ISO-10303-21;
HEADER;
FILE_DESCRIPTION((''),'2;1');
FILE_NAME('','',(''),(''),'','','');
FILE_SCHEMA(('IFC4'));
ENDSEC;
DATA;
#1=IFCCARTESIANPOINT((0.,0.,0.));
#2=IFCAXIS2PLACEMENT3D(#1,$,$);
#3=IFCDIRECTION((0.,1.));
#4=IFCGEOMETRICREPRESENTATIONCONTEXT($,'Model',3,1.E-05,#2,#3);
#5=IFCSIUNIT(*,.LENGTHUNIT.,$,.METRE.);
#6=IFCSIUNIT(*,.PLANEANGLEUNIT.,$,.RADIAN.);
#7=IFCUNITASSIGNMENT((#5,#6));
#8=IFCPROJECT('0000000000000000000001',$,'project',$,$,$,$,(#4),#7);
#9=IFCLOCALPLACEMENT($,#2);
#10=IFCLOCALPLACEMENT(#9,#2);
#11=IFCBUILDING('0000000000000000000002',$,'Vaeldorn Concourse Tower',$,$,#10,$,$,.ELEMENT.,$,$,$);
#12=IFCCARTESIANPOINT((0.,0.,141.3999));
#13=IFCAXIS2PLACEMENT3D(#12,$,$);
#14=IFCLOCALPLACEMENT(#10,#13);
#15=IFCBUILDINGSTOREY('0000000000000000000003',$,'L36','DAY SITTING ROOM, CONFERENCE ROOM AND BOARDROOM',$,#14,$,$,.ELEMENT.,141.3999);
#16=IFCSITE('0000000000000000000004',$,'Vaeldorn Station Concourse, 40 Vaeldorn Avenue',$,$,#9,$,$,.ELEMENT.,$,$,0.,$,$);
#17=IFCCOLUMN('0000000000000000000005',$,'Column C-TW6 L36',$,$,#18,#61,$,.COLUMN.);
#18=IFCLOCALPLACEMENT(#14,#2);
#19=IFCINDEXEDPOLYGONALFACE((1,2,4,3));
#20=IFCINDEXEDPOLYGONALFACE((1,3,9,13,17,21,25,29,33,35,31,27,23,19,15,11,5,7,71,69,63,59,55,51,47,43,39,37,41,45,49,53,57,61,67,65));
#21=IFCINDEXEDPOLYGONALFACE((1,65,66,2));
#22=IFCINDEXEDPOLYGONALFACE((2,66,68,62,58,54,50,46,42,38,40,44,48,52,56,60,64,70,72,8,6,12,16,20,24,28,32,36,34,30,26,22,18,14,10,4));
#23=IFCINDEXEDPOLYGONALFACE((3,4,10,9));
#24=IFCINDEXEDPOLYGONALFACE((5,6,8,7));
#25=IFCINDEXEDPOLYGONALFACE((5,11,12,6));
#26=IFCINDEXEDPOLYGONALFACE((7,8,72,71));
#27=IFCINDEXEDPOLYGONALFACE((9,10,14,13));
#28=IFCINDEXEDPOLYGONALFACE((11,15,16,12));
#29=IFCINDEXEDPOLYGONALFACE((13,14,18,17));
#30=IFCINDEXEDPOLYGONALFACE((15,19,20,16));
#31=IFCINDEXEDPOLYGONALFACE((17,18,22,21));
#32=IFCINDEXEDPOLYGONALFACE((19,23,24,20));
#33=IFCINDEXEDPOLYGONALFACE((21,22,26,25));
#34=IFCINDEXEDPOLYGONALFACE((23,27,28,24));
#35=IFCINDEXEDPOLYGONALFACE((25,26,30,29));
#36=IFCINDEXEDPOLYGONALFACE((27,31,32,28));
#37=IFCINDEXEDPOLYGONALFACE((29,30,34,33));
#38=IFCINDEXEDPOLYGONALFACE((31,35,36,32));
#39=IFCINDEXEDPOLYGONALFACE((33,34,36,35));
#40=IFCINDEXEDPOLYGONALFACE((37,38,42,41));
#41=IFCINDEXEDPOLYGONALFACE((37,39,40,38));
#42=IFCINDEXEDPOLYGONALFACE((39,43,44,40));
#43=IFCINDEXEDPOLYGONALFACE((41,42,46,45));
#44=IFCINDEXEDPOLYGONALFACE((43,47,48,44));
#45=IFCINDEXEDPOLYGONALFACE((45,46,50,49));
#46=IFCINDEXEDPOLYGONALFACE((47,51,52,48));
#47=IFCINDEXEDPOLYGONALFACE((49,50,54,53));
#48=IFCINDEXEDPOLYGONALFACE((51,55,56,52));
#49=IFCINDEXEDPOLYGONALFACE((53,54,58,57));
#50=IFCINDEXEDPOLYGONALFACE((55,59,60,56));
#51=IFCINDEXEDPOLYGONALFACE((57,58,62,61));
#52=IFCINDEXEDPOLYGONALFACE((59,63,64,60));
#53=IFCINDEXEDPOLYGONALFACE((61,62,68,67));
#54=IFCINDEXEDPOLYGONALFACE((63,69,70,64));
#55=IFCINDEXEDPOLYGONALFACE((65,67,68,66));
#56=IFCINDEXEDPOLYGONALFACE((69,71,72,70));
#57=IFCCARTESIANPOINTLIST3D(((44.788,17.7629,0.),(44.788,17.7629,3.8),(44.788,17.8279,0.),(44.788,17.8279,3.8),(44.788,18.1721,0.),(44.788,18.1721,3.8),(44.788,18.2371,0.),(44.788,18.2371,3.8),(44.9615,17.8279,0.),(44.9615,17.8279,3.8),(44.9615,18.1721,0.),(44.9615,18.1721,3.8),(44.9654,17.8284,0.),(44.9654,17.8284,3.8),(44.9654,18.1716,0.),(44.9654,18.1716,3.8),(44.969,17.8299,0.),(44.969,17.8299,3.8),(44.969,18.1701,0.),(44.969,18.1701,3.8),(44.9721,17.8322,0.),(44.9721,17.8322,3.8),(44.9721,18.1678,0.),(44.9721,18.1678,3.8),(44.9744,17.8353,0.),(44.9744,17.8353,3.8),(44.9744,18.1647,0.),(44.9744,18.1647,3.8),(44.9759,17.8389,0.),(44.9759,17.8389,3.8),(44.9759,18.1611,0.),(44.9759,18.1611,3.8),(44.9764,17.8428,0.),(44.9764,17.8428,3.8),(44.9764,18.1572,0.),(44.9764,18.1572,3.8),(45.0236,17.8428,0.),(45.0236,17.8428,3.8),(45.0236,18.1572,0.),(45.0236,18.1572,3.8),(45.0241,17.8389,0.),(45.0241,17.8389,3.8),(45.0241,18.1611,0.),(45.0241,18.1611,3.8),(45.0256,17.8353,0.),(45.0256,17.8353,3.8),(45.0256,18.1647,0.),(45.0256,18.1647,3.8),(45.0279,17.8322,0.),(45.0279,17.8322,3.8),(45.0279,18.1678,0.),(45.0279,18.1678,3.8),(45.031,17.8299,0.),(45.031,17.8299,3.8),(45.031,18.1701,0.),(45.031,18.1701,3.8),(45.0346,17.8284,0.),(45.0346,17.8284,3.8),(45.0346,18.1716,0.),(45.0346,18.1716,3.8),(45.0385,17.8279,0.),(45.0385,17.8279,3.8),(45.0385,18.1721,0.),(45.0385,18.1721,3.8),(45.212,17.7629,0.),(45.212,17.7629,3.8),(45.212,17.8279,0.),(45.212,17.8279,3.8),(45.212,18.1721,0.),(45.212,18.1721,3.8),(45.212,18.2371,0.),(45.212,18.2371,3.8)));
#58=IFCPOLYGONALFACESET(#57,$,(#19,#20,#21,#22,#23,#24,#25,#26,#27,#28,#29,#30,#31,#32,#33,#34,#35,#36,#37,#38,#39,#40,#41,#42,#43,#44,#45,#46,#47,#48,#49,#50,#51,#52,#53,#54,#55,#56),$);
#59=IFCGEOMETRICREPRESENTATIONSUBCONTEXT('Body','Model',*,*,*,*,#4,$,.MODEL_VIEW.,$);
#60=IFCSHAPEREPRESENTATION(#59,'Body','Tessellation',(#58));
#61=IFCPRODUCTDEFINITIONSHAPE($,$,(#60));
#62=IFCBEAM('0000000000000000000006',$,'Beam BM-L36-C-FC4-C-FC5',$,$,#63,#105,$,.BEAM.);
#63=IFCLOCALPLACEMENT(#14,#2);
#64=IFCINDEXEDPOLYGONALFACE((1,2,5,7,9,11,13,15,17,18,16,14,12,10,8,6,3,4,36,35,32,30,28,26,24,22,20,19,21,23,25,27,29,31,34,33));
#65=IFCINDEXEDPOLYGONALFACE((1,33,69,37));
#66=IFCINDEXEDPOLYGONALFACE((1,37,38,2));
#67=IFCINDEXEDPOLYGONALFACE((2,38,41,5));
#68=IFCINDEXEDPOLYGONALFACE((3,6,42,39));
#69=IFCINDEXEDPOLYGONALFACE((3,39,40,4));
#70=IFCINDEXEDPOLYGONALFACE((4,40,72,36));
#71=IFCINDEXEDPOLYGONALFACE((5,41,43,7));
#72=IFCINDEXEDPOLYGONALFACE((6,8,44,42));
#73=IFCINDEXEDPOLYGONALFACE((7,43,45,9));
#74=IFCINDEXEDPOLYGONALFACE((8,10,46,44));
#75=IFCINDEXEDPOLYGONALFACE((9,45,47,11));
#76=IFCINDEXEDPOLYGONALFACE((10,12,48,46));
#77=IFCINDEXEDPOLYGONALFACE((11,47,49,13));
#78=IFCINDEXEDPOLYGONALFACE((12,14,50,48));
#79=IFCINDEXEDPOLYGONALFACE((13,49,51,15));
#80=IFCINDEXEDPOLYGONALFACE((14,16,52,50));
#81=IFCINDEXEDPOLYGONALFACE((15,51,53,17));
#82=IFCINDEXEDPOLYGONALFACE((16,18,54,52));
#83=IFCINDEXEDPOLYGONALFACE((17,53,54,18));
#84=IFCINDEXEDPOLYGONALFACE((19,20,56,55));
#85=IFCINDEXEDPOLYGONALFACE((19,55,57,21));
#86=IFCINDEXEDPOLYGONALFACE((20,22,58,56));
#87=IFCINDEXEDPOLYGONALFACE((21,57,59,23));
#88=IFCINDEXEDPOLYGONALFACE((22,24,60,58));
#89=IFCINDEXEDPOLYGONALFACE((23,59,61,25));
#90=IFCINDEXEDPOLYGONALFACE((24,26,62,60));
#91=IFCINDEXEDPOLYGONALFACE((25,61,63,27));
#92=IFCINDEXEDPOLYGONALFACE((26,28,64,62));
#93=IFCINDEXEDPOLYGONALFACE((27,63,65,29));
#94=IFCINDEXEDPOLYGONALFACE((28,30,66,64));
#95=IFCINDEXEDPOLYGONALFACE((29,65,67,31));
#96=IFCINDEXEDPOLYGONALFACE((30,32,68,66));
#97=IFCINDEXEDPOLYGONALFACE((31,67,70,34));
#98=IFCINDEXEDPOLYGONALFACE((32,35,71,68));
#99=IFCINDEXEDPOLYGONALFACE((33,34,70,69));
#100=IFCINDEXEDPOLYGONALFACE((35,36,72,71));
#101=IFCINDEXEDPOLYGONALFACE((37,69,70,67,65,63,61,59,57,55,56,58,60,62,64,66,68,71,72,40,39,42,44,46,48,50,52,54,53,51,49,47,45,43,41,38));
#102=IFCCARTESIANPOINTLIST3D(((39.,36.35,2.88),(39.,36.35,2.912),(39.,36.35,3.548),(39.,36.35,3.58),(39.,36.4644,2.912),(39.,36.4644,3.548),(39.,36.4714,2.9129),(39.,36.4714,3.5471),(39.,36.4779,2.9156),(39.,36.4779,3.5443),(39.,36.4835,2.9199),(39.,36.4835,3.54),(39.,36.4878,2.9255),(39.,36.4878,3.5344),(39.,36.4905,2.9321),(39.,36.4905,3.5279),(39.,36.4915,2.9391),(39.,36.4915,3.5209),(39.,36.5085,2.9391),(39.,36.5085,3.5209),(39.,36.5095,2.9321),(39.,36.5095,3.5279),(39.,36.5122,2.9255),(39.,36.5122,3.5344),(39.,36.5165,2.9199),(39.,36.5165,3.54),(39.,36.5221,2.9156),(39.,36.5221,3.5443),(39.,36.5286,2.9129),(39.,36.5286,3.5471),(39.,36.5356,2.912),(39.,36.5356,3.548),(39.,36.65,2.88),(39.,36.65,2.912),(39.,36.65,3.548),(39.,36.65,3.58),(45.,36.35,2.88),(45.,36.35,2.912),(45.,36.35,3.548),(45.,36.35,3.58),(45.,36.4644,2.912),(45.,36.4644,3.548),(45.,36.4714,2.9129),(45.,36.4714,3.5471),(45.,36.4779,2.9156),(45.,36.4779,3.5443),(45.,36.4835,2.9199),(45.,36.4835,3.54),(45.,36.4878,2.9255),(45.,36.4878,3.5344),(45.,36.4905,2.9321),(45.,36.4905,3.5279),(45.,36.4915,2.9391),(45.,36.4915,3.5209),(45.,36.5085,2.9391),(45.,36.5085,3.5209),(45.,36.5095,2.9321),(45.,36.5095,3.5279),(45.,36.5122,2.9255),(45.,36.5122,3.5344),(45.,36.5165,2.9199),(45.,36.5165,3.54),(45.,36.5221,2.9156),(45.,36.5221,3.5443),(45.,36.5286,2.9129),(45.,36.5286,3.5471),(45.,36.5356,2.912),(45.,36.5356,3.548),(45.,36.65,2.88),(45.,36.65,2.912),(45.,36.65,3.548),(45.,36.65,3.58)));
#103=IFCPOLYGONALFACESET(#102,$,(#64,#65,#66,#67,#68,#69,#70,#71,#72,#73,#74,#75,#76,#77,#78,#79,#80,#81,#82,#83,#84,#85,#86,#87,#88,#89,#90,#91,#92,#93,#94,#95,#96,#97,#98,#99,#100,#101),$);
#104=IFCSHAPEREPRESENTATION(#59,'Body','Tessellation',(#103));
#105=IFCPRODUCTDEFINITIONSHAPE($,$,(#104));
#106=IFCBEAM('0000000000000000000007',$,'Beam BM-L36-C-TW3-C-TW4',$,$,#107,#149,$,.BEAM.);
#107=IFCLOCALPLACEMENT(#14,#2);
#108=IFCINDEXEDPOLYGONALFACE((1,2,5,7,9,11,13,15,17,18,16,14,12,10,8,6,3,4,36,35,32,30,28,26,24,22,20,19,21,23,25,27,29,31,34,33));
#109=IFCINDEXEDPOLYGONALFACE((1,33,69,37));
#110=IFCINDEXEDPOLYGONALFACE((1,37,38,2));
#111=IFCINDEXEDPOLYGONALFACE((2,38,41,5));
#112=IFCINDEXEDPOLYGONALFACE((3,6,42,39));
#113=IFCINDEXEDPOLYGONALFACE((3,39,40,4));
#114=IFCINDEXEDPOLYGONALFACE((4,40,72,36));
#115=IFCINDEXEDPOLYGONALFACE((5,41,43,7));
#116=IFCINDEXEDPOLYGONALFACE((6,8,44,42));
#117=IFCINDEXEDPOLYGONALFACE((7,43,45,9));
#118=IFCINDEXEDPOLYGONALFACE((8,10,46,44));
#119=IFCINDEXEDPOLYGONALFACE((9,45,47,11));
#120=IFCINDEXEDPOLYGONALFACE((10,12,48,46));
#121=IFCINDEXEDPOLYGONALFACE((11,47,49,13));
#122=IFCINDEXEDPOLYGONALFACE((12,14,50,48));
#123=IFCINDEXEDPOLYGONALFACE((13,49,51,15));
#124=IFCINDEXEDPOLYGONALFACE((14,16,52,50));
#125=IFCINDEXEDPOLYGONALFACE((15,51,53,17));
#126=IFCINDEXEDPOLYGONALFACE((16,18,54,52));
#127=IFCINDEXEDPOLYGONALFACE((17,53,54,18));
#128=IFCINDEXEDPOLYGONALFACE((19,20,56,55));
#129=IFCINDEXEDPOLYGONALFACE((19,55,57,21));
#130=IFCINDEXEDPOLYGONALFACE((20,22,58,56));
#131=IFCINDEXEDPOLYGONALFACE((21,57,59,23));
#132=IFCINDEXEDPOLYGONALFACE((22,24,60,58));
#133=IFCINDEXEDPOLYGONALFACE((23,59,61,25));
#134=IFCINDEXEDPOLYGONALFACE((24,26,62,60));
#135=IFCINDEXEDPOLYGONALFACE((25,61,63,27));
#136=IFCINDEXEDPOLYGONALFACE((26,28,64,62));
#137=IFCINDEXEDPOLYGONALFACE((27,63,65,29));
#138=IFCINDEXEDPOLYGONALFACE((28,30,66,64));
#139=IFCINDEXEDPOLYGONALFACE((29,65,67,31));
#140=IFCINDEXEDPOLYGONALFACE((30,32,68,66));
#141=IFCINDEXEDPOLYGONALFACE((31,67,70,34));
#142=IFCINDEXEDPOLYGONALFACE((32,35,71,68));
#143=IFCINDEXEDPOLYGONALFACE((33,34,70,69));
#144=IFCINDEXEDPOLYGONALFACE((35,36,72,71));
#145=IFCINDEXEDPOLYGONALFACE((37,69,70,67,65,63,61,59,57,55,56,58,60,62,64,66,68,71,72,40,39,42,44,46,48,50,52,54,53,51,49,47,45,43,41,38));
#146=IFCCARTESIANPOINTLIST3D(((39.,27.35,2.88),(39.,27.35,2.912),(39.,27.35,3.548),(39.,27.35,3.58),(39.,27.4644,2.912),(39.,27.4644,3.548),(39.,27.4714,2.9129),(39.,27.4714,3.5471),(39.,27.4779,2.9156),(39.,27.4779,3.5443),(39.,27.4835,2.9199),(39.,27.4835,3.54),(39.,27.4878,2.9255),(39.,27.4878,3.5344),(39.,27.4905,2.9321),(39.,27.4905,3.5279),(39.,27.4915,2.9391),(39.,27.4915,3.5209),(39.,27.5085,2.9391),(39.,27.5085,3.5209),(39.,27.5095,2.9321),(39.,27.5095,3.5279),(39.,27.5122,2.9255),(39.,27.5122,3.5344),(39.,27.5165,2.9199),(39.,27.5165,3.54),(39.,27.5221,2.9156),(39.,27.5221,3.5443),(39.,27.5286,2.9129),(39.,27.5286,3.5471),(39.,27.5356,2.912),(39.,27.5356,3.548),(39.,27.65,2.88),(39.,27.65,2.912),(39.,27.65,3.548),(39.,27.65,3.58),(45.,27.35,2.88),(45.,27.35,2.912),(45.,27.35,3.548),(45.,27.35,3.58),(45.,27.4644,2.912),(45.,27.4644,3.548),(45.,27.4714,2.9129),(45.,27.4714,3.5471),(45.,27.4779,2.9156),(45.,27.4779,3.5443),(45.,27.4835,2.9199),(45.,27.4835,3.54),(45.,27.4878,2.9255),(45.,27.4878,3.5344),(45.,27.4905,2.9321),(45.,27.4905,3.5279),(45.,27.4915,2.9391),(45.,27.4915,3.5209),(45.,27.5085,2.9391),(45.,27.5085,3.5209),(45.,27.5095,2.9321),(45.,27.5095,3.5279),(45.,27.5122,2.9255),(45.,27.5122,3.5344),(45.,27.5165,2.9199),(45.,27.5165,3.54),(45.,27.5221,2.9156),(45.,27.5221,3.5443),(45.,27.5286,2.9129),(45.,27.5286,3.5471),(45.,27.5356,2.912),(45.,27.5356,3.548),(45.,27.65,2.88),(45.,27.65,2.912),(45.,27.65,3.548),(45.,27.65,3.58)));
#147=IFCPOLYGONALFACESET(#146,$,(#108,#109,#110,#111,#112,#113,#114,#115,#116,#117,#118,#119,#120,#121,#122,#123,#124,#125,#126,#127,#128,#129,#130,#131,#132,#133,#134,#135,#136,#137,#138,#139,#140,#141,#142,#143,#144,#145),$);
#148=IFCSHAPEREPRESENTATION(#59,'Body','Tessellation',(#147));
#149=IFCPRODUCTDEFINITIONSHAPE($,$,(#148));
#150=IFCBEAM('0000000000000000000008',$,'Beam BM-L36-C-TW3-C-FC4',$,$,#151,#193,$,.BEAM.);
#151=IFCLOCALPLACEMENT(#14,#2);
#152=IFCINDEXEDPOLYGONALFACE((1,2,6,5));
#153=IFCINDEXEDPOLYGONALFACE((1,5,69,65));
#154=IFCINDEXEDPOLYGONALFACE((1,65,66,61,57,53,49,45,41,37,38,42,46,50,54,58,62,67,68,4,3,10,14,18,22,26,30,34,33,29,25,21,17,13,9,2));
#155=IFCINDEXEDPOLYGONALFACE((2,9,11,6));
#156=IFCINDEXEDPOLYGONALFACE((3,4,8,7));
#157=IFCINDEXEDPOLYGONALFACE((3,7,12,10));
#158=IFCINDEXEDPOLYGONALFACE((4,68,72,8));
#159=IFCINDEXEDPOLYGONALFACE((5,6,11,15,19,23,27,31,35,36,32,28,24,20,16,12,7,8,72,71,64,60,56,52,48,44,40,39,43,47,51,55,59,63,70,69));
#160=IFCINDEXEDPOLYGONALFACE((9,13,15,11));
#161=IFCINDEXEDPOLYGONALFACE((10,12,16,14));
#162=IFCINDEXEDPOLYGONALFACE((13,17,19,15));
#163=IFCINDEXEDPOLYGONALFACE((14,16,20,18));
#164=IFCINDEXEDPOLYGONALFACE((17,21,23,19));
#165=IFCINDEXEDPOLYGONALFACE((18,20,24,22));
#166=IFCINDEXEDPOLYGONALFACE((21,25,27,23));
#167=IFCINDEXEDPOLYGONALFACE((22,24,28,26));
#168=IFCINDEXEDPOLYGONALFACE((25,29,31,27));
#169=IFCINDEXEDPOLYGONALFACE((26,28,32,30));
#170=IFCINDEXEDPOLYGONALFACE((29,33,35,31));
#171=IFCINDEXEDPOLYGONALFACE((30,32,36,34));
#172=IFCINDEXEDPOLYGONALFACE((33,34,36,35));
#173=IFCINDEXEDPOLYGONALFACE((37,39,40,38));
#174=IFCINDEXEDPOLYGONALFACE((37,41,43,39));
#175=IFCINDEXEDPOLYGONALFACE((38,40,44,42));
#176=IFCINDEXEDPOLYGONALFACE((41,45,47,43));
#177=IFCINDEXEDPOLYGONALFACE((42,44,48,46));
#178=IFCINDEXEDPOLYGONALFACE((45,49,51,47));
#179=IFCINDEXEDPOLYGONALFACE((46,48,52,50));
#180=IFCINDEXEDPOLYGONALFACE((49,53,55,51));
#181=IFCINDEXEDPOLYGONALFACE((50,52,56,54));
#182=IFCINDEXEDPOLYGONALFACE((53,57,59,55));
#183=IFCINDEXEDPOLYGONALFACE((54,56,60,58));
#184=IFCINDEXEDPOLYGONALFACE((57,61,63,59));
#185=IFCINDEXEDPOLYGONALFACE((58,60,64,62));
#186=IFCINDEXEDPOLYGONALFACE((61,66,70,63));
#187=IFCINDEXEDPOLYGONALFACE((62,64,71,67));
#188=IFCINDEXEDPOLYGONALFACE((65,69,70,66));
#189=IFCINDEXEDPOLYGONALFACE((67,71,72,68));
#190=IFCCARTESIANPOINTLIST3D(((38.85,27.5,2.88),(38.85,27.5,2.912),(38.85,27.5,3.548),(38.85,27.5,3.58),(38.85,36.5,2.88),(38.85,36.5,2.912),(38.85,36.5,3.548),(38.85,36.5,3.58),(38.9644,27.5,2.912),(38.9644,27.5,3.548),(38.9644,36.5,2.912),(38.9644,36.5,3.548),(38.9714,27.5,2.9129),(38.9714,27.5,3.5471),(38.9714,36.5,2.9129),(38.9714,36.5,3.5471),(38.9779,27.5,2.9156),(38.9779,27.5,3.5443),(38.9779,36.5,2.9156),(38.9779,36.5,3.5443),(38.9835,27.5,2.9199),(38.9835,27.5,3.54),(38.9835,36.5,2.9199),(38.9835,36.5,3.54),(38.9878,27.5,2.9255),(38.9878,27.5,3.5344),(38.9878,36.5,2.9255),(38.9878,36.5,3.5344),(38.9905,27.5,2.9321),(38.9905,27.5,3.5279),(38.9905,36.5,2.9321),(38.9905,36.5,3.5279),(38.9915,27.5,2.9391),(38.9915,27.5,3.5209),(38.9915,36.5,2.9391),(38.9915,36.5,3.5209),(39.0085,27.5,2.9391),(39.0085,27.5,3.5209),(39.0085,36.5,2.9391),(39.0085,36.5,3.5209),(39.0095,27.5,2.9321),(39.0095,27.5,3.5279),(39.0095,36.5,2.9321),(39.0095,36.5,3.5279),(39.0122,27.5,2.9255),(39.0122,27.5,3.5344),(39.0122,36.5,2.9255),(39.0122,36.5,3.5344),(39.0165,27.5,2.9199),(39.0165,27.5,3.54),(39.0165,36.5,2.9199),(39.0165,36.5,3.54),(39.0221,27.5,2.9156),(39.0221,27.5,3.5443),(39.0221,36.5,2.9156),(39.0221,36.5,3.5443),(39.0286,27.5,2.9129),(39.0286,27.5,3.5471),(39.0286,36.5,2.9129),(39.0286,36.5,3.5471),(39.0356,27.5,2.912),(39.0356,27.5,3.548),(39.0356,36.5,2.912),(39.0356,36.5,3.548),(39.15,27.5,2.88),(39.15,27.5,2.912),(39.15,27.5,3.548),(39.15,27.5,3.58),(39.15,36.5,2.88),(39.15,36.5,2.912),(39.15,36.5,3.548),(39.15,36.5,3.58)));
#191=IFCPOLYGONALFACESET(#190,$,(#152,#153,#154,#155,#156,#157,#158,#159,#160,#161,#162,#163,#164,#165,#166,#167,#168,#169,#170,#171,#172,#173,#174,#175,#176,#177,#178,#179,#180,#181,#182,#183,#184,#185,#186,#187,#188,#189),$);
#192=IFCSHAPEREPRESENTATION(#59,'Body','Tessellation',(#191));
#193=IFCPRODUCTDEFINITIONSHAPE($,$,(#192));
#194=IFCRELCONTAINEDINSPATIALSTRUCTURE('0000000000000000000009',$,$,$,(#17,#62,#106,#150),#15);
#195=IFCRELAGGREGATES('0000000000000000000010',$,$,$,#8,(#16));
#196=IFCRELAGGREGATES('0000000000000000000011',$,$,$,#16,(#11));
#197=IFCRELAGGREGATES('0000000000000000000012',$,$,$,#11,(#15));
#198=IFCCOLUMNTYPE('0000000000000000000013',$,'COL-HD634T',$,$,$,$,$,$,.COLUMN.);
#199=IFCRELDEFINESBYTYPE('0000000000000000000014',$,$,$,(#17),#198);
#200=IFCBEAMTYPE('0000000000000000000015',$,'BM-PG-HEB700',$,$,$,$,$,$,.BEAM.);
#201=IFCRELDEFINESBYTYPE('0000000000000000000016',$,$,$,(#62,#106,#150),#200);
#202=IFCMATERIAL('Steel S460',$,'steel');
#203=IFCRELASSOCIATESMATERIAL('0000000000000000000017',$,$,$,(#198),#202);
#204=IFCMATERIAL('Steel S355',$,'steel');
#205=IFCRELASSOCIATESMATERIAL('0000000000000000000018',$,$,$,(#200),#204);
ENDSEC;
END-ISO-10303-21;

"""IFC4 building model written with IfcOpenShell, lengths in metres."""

from ifc_helpers import new_model, si_unit, direction, frame, origin, origin_2d, place, context, subcontext, project, spatial, i_section, extrude, source, transform, mapped, material, material_profile, profile_set, type_object, element, save


model = new_model("IFC4")

# Units and contexts
model_context = context("Model", 3, precision=1e-05, world=origin(), true_north=direction((0.0, 1.0)))
body_context = subcontext(model_context, "Body", "Model", "MODEL_VIEW")
ifc_project = project(units=[si_unit("LENGTHUNIT", "METRE"), si_unit("PLANEANGLEUNIT", "RADIAN")], contexts=[model_context])

# Site, building, storey
site_placement = place(None, origin())
site = spatial("IfcSite", under=ifc_project, at=site_placement, Name="Vaeldorn Station Concourse, 40 Vaeldorn Avenue", CompositionType="ELEMENT", RefElevation=0.0)
building_placement = place(site_placement, origin())
building = spatial("IfcBuilding", under=site, at=building_placement, Name="Vaeldorn Concourse Tower", CompositionType="ELEMENT")
storey_placement = place(building_placement, frame((0.0, 0.0, 141.3999)))
storey = spatial("IfcBuildingStorey", under=building, at=storey_placement, Name="L36", Description="DAY SITTING ROOM, CONFERENCE ROOM AND BOARDROOM", CompositionType="ELEMENT", Elevation=141.3999)

# Column
ifc_material_1 = material(Name="Steel S460", Category="steel")
ifc_material_profile_1 = material_profile(ifc_material_1, i_section(OverallWidth=0.4241, OverallDepth=0.4741, WebThickness=0.0471, FlangeThickness=0.0649, FilletRadius=0.0149, at=origin_2d()), Name="HD 400x634")
ifc_profile_set_1 = profile_set([ifc_material_profile_1], Name="Steel S460")
column_type_1 = type_object("IfcColumnType", Name="COL-HD634T", PredefinedType="COLUMN", material=ifc_profile_set_1)
shared_shape_1 = source(origin(), body_context, "Body", "SweptSolid", [
    extrude(i_section(OverallWidth=0.4241, OverallDepth=0.4741, WebThickness=0.0471, FlangeThickness=0.0649, FilletRadius=0.0149, at=origin_2d()), origin(), (0.0, 0.0, 1.0), 3.8),
])
for number, where, z_axis, x_axis, name in (
    (1, (45.0, 18.0, 0.0), (0.0, 0.0, 1.0), (1.0, 0.0, 0.0), "Column C-TW6 L36"),
):
    element("IfcColumn", number, at=place(storey_placement, frame(where, z_axis=z_axis, x_axis=x_axis)), inside=storey, type_object=column_type_1, Name=name, PredefinedType="COLUMN", context=body_context, shape_type="MappedRepresentation", body=[
        mapped(shared_shape_1, transform((0.0, 0.0, 0.0), scale=1.0)),
    ])

# Beams
ifc_material_2 = material(Name="Steel S355", Category="steel")
ifc_material_profile_2 = material_profile(ifc_material_2, i_section(OverallWidth=0.3, OverallDepth=0.7, WebThickness=0.0171, FlangeThickness=0.032, FilletRadius=0.0271, at=origin_2d()), Name="HEB 700")
ifc_profile_set_2 = profile_set([ifc_material_profile_2], Name="Steel S355")
beam_type_1 = type_object("IfcBeamType", Name="BM-PG-HEB700", PredefinedType="BEAM", material=ifc_profile_set_2)
shared_shape_2 = source(origin(), body_context, "Body", "SweptSolid", [
    extrude(i_section(OverallWidth=0.3, OverallDepth=0.7, WebThickness=0.0171, FlangeThickness=0.032, FilletRadius=0.0271, at=origin_2d()), origin(), (0.0, 0.0, 1.0), 6.0),
])
for number, where, z_axis, x_axis, name in (
    (2, (39.0, 36.5, 3.23), (1.0, 0.0, 0.0), (0.0, 1.0, 0.0), "Beam BM-L36-C-FC4-C-FC5"),
    (3, (39.0, 27.5, 3.23), (1.0, 0.0, 0.0), (0.0, 1.0, 0.0), "Beam BM-L36-C-TW3-C-TW4"),
):
    element("IfcBeam", number, at=place(storey_placement, frame(where, z_axis=z_axis, x_axis=x_axis)), inside=storey, type_object=beam_type_1, Name=name, PredefinedType="BEAM", context=body_context, shape_type="MappedRepresentation", body=[
        mapped(shared_shape_2, transform((0.0, 0.0, 0.0), scale=1.0)),
    ])
shared_shape_3 = source(origin(), body_context, "Body", "SweptSolid", [
    extrude(i_section(OverallWidth=0.3, OverallDepth=0.7, WebThickness=0.0171, FlangeThickness=0.032, FilletRadius=0.0271, at=origin_2d()), origin(), (0.0, 0.0, 1.0), 9.0),
])
for number, where, z_axis, x_axis, name in (
    (4, (39.0, 27.5, 3.23), (0.0, 1.0, 0.0), (-1.0, 0.0, 0.0), "Beam BM-L36-C-TW3-C-FC4"),
):
    element("IfcBeam", number, at=place(storey_placement, frame(where, z_axis=z_axis, x_axis=x_axis)), inside=storey, type_object=beam_type_1, Name=name, PredefinedType="BEAM", context=body_context, shape_type="MappedRepresentation", body=[
        mapped(shared_shape_3, transform((0.0, 0.0, 0.0), scale=1.0)),
    ])

save(model, "model.ifc")
